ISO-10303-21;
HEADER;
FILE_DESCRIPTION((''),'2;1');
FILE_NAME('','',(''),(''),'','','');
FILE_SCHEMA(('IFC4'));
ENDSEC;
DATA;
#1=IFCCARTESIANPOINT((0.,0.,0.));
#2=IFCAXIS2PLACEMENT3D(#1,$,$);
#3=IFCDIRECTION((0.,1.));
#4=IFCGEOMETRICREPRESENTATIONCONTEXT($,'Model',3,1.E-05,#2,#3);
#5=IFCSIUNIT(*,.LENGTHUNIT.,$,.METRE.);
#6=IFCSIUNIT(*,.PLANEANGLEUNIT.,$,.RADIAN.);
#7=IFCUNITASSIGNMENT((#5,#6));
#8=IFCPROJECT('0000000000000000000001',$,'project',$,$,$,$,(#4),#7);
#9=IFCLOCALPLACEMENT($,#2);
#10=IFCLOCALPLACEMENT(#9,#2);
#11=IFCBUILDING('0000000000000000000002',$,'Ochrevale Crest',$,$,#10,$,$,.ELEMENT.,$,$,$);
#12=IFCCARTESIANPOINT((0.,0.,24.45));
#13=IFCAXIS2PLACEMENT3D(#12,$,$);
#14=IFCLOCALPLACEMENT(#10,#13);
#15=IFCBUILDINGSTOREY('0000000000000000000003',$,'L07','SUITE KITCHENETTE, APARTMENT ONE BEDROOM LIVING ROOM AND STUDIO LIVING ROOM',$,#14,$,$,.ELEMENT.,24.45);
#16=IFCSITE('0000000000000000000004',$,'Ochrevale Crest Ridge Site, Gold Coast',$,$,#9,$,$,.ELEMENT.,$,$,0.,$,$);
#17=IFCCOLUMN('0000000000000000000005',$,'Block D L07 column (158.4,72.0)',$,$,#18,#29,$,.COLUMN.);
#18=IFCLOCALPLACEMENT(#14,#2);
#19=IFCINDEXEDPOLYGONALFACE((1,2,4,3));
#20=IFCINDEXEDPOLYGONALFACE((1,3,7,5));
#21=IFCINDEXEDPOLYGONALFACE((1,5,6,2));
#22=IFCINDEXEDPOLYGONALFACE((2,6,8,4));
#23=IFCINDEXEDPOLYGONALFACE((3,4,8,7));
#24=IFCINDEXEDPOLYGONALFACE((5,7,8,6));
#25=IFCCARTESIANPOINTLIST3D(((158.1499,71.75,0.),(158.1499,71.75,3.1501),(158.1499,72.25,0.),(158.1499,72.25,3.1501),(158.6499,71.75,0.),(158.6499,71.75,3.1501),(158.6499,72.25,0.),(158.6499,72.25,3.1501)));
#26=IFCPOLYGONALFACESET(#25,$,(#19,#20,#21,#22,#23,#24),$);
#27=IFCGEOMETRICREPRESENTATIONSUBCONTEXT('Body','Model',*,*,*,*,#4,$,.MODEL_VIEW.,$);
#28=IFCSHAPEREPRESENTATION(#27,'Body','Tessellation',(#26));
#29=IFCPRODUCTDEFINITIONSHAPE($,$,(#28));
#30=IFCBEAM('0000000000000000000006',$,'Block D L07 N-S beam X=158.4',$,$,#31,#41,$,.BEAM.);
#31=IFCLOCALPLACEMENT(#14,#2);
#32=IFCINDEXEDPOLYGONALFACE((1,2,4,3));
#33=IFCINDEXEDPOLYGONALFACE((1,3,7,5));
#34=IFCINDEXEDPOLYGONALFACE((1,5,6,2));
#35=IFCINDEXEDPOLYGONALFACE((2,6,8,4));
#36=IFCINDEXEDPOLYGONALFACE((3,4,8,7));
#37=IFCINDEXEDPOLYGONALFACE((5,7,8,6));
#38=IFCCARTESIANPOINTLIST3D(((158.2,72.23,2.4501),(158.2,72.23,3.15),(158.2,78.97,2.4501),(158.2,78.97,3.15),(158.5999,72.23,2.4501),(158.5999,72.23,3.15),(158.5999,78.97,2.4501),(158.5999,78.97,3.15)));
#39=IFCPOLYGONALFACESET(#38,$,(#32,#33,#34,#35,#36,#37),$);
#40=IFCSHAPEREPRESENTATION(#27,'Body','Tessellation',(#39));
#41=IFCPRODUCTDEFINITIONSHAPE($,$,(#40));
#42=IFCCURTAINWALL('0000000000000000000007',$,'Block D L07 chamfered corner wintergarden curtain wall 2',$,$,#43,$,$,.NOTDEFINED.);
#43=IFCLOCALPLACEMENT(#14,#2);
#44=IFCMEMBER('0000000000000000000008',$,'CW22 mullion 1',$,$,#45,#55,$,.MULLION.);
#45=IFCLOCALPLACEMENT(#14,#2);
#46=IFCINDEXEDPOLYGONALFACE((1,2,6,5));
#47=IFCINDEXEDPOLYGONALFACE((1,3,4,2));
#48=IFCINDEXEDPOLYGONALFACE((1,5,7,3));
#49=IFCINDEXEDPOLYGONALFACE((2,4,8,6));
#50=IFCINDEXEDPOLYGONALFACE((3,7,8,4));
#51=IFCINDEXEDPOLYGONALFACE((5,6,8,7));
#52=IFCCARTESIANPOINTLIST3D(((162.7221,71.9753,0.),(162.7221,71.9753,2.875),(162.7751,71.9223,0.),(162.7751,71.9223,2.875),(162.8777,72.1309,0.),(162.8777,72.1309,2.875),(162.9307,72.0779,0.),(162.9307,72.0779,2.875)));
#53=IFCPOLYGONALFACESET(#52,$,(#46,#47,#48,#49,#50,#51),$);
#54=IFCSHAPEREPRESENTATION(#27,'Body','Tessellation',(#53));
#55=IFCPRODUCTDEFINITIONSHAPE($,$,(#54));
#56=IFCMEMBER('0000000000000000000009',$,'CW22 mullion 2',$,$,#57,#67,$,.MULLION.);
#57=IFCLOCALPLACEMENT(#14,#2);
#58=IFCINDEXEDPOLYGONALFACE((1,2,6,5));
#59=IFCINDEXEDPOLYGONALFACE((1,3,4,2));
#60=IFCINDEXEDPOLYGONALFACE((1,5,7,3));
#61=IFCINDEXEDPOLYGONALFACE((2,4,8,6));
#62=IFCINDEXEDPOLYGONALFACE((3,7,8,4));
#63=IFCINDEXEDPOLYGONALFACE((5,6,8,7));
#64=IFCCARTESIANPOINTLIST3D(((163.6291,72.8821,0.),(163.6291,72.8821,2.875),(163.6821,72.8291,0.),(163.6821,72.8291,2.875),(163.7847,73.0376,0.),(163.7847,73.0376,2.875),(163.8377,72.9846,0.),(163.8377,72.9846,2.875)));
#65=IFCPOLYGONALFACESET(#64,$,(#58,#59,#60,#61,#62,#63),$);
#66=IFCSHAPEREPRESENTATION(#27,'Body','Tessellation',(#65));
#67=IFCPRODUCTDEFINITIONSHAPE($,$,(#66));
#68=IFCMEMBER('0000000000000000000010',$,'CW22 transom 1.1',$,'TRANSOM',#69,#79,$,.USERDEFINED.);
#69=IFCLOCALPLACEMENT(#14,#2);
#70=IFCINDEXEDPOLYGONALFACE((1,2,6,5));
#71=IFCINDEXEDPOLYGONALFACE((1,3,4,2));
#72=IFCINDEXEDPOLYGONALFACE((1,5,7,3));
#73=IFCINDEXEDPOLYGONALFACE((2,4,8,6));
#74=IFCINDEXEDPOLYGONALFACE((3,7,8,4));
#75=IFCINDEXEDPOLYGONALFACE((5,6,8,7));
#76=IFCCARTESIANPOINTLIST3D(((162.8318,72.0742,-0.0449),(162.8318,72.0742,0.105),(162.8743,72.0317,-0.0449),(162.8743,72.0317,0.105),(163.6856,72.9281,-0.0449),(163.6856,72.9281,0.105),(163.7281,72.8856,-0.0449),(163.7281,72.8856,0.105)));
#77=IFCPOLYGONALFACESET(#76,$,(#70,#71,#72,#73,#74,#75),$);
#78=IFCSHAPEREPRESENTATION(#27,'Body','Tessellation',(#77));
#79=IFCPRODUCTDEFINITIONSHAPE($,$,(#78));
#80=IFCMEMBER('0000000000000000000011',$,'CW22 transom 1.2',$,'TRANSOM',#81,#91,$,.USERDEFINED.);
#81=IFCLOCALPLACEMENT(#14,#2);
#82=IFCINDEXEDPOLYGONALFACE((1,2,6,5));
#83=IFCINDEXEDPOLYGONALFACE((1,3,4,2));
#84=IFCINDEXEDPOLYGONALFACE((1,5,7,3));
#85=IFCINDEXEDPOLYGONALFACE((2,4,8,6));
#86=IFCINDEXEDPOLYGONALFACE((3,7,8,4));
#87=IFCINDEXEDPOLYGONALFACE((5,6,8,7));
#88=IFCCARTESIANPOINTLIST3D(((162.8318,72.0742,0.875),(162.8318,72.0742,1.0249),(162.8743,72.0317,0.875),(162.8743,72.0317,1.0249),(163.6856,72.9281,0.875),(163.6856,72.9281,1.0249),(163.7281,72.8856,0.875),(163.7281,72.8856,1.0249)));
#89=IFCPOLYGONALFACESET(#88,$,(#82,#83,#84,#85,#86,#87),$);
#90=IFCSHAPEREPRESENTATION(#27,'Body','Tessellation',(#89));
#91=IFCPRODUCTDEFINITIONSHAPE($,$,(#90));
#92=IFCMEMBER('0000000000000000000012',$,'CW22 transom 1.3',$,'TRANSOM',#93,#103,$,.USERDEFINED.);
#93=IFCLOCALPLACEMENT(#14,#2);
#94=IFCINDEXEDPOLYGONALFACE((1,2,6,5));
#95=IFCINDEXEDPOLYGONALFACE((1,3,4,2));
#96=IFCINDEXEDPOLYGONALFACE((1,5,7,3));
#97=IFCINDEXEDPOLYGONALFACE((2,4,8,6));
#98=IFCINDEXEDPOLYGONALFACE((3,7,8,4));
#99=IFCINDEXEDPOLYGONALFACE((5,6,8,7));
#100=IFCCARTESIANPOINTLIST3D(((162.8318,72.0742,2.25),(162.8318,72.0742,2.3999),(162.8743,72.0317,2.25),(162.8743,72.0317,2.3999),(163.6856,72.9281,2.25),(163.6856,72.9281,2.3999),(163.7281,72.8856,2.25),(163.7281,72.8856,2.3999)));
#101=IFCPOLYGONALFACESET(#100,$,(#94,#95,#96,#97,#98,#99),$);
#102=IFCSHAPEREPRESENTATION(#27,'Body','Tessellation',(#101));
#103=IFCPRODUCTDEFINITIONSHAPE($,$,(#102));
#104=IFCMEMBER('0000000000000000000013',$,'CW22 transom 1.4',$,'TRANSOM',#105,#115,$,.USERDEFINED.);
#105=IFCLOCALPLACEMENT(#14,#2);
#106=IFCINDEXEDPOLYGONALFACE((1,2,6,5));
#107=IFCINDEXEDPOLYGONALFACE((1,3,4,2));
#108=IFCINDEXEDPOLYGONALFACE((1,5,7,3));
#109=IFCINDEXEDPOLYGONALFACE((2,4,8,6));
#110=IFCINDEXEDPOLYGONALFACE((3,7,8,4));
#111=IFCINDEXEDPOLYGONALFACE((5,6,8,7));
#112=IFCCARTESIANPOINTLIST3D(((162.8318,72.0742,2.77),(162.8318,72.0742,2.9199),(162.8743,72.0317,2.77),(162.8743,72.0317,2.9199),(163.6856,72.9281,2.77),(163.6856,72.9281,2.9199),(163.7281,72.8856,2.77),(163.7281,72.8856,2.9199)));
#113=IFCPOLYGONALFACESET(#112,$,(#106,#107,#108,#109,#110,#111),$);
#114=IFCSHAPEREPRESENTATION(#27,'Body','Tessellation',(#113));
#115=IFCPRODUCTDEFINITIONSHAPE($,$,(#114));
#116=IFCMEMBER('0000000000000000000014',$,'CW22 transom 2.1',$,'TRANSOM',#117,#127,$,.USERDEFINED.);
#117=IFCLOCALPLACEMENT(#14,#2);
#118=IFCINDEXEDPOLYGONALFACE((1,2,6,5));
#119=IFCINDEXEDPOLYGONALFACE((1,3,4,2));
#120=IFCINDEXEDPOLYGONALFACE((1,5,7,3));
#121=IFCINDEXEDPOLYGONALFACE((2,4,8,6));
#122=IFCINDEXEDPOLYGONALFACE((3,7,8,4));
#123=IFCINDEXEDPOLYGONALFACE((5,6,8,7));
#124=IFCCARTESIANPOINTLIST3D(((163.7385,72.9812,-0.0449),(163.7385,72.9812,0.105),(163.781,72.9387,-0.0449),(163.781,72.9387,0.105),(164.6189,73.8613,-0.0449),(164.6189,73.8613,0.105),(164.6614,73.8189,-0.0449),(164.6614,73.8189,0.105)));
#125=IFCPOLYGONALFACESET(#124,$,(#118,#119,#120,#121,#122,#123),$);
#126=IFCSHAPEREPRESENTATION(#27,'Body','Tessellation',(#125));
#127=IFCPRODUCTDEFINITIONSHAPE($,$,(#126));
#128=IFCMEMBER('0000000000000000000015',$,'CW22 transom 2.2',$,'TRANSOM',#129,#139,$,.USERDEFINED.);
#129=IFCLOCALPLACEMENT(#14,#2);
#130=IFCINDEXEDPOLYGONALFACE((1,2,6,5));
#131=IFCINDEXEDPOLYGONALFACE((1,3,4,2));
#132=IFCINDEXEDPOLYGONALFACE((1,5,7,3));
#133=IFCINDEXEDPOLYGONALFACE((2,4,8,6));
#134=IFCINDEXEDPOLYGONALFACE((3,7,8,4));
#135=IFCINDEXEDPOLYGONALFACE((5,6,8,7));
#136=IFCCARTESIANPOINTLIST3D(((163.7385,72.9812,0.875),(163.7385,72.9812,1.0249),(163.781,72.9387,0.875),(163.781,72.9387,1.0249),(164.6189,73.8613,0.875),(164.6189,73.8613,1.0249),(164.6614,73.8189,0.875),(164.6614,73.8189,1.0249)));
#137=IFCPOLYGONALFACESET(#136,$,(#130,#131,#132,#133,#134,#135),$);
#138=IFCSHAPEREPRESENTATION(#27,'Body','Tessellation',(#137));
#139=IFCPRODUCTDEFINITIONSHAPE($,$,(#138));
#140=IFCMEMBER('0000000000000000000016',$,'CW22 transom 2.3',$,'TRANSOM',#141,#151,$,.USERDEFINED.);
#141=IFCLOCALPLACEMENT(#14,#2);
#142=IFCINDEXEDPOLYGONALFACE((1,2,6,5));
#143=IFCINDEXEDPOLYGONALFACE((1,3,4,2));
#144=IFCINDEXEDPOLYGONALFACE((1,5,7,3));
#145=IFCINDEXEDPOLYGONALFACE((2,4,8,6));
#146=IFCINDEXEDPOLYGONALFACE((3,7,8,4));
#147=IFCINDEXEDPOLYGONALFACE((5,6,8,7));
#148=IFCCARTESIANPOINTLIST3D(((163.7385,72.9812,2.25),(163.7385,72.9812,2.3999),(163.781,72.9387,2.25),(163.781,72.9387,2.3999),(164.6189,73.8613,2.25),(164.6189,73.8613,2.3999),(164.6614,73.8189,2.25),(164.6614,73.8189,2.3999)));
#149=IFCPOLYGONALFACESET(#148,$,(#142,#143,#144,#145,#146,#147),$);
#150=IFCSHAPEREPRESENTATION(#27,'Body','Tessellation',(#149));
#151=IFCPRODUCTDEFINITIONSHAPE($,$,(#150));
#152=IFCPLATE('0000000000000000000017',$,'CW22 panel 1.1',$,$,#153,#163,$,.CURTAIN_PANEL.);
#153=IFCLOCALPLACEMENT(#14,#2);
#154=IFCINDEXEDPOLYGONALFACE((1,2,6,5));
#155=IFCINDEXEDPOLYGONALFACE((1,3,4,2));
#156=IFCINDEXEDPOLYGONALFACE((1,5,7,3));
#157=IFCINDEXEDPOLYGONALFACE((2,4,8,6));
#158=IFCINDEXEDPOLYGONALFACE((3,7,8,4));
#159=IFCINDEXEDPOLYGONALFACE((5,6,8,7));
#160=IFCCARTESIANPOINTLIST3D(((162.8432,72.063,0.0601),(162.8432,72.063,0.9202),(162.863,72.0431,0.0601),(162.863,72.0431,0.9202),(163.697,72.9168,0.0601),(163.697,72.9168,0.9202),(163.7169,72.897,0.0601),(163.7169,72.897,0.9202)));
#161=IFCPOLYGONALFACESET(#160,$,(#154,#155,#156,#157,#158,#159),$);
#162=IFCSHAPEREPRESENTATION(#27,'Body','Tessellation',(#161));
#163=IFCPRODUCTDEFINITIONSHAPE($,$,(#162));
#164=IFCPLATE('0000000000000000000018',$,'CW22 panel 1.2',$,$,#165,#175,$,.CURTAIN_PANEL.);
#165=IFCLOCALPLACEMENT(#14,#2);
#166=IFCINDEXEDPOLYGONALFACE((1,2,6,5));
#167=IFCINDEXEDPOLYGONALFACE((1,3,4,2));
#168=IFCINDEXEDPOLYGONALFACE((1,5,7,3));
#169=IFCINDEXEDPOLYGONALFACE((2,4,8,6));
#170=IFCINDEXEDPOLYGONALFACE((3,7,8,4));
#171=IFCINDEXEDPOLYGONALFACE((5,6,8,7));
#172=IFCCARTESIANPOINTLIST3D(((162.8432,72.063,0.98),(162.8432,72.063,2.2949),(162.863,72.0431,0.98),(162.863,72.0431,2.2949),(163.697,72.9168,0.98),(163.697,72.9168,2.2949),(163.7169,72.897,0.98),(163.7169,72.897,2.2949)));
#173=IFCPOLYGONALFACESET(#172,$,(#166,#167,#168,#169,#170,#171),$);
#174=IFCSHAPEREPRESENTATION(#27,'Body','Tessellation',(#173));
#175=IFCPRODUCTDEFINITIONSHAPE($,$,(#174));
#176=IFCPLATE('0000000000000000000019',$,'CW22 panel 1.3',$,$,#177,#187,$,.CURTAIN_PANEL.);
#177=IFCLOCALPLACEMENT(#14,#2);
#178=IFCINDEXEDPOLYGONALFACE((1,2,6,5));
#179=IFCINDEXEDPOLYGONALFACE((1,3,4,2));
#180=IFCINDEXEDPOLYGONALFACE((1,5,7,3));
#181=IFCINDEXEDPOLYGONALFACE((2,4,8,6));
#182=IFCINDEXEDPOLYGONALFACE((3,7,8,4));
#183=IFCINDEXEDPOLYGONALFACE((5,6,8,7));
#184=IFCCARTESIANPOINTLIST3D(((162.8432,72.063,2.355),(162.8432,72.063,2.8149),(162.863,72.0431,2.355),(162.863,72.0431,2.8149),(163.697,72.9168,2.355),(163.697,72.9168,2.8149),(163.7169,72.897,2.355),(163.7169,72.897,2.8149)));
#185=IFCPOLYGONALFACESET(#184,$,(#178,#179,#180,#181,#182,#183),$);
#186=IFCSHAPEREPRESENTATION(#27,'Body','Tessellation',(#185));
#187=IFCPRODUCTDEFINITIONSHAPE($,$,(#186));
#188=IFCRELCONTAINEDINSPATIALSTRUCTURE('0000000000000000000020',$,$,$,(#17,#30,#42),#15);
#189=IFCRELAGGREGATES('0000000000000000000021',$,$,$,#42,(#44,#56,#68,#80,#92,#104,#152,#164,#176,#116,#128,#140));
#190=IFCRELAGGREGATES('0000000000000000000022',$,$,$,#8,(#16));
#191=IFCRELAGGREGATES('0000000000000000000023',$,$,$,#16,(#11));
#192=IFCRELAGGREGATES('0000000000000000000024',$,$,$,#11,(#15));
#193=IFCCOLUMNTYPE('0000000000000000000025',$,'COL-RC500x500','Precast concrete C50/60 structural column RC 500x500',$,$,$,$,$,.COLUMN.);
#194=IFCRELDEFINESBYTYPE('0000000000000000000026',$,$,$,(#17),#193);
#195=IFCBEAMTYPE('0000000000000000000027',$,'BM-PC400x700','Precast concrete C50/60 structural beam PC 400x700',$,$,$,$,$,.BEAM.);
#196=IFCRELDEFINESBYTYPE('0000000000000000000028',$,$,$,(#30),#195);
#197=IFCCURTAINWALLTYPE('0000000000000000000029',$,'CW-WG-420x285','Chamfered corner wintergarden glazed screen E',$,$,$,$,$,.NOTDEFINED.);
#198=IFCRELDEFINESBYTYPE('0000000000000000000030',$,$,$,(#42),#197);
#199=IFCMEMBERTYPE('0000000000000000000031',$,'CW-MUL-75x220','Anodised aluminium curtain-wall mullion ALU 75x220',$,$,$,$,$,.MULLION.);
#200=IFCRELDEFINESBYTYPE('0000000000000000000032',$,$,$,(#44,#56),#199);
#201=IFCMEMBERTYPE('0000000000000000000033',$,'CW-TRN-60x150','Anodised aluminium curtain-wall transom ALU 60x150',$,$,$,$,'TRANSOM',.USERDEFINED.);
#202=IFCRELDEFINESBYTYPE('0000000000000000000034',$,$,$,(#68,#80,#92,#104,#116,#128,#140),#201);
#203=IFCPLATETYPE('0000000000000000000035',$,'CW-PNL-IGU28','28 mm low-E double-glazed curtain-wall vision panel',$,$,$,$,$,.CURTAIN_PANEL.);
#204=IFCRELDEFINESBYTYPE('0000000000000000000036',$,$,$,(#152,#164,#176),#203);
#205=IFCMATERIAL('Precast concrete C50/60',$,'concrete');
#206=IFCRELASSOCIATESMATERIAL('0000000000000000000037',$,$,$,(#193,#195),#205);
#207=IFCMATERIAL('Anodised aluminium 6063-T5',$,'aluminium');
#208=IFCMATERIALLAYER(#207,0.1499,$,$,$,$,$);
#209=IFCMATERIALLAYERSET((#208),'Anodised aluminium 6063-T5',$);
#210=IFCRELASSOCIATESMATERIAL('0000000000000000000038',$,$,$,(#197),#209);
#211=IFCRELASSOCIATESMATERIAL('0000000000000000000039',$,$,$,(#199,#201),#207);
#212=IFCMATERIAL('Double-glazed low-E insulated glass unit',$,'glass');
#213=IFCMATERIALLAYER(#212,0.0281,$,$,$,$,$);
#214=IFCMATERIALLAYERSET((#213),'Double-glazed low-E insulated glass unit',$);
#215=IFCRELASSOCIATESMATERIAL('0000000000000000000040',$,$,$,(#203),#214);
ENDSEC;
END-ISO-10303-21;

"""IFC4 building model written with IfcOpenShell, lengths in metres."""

from ifc_helpers import new_model, si_unit, direction, frame, origin, origin_2d, place, context, subcontext, project, spatial, rectangle, extrude, material, layer, layer_set, material_profile, profile_set, type_object, element, aggregate, save


model = new_model("IFC4")

# Units and contexts
model_context = context("Model", 3, precision=1e-05, world=origin(), true_north=direction((0.0, 1.0)))
body_context = subcontext(model_context, "Body", "Model", "MODEL_VIEW")
ifc_project = project(units=[si_unit("LENGTHUNIT", "METRE"), si_unit("PLANEANGLEUNIT", "RADIAN")], contexts=[model_context])

# Site, building, storey
site_placement = place(None, origin())
site = spatial("IfcSite", under=ifc_project, at=site_placement, Name="Ochrevale Crest Ridge Site, Gold Coast", CompositionType="ELEMENT", RefElevation=0.0)
building_placement = place(site_placement, origin())
building = spatial("IfcBuilding", under=site, at=building_placement, Name="Ochrevale Crest", CompositionType="ELEMENT")
storey_placement = place(building_placement, frame((0.0, 0.0, 24.45)))
storey = spatial("IfcBuildingStorey", under=building, at=storey_placement, Name="L07", Description="SUITE KITCHENETTE, APARTMENT ONE BEDROOM LIVING ROOM AND STUDIO LIVING ROOM", CompositionType="ELEMENT", Elevation=24.45)

# Column
ifc_material_1 = material(Name="Precast concrete C50/60", Category="concrete")
ifc_material_profile_1 = material_profile(ifc_material_1, rectangle(XDim=0.5, YDim=0.5, at=origin_2d()), Name="RC 500x500")
ifc_profile_set_1 = profile_set([ifc_material_profile_1], Name="Precast concrete C50/60")
column_type = type_object("IfcColumnType", Name="COL-RC500x500", Description="Precast concrete C50/60 structural column RC 500x500", PredefinedType="COLUMN", material=ifc_profile_set_1)
column_placement = place(storey_placement, frame((158.3999, 72.0, 0.0), z_axis=(0.0, 0.0, 1.0), x_axis=(1.0, 0.0, 0.0)))
element("IfcColumn", 1, at=column_placement, inside=storey, type_object=column_type, Name="Block D L07 column (158.4,72.0)", PredefinedType="COLUMN", context=body_context, shape_type="SweptSolid", body=[
    extrude(rectangle(XDim=0.5, YDim=0.5, at=origin_2d()), origin(), (0.0, 0.0, 1.0), 3.1501),
])

# Beam
ifc_material_profile_2 = material_profile(ifc_material_1, rectangle(XDim=0.3999, YDim=0.7, at=origin_2d()), Name="PC 400x700")
ifc_profile_set_2 = profile_set([ifc_material_profile_2], Name="Precast concrete C50/60")
beam_type = type_object("IfcBeamType", Name="BM-PC400x700", Description="Precast concrete C50/60 structural beam PC 400x700", PredefinedType="BEAM", material=ifc_profile_set_2)
beam_placement = place(storey_placement, frame((158.3999, 72.23, 2.8), z_axis=(0.0, 1.0, 0.0), x_axis=(-1.0, 0.0, 0.0)))
element("IfcBeam", 2, at=beam_placement, inside=storey, type_object=beam_type, Name="Block D L07 N-S beam X=158.4", PredefinedType="BEAM", context=body_context, shape_type="SweptSolid", body=[
    extrude(rectangle(XDim=0.3999, YDim=0.7, at=origin_2d()), origin(), (0.0, 0.0, 1.0), 6.74),
])

# Curtain wall, members, plates
ifc_material_2 = material(Name="Anodised aluminium 6063-T5", Category="aluminium")
ifc_layer_1 = layer(ifc_material_2, 0.1499)
ifc_layer_set_1 = layer_set([ifc_layer_1], Name="Anodised aluminium 6063-T5")
curtain_wall_type = type_object("IfcCurtainWallType", Name="CW-WG-420x285", Description="Chamfered corner wintergarden glazed screen E", PredefinedType="NOTDEFINED", material=ifc_layer_set_1)
curtain_wall_placement = place(storey_placement, origin())
curtain_wall = element("IfcCurtainWall", 3, at=curtain_wall_placement, inside=storey, type_object=curtain_wall_type, Name="Block D L07 chamfered corner wintergarden curtain wall 2", PredefinedType="NOTDEFINED")
ifc_material_profile_3 = material_profile(ifc_material_2, rectangle(XDim=0.075, YDim=0.22, at=origin_2d()), Name="ALU 75x220")
ifc_profile_set_3 = profile_set([ifc_material_profile_3], Name="Anodised aluminium 6063-T5")
member_type_1 = type_object("IfcMemberType", Name="CW-MUL-75x220", Description="Anodised aluminium curtain-wall mullion ALU 75x220", PredefinedType="MULLION", material=ifc_profile_set_3)
member_1_placement = place(storey_placement, frame((162.8264, 72.0266, 0.0), z_axis=(0.0, 0.0, 1.0), x_axis=(-0.707107, 0.707107, 0.0)))
member_1 = element("IfcMember", 4, at=member_1_placement, type_object=member_type_1, Name="CW22 mullion 1", PredefinedType="MULLION", context=body_context, shape_type="SweptSolid", body=[
    extrude(rectangle(XDim=0.075, YDim=0.22, at=origin_2d()), origin(), (0.0, 0.0, 1.0), 2.875),
])
member_2_placement = place(storey_placement, frame((163.7334, 72.9333, 0.0), z_axis=(0.0, 0.0, 1.0), x_axis=(-0.707107, 0.707107, 0.0)))
member_2 = element("IfcMember", 5, at=member_2_placement, type_object=member_type_1, Name="CW22 mullion 2", PredefinedType="MULLION", context=body_context, shape_type="SweptSolid", body=[
    extrude(rectangle(XDim=0.075, YDim=0.22, at=origin_2d()), origin(), (0.0, 0.0, 1.0), 2.875),
])
ifc_material_profile_4 = material_profile(ifc_material_2, rectangle(XDim=0.0601, YDim=0.1499, at=origin_2d()), Name="ALU 60x150")
ifc_profile_set_4 = profile_set([ifc_material_profile_4], Name="Anodised aluminium 6063-T5")
member_type_2 = type_object("IfcMemberType", Name="CW-TRN-60x150", Description="Anodised aluminium curtain-wall transom ALU 60x150", ElementType="TRANSOM", PredefinedType="USERDEFINED", material=ifc_profile_set_4)
member_3_placement = place(storey_placement, frame((162.853, 72.053, 0.03), z_axis=(0.707107, 0.707107, 0.0), x_axis=(-0.707107, 0.707107, 0.0)))
member_3 = element("IfcMember", 6, at=member_3_placement, type_object=member_type_2, Name="CW22 transom 1.1", ObjectType="TRANSOM", PredefinedType="USERDEFINED", context=body_context, shape_type="SweptSolid", body=[
    extrude(rectangle(XDim=0.0601, YDim=0.1499, at=origin_2d()), origin(), (0.0, 0.0, 1.0), 1.2075),
])
member_4_placement = place(storey_placement, frame((162.853, 72.053, 0.95), z_axis=(0.707107, 0.707107, 0.0), x_axis=(-0.707107, 0.707107, 0.0)))
member_4 = element("IfcMember", 7, at=member_4_placement, type_object=member_type_2, Name="CW22 transom 1.2", ObjectType="TRANSOM", PredefinedType="USERDEFINED", context=body_context, shape_type="SweptSolid", body=[
    extrude(rectangle(XDim=0.0601, YDim=0.1499, at=origin_2d()), origin(), (0.0, 0.0, 1.0), 1.2075),
])
member_5_placement = place(storey_placement, frame((162.853, 72.053, 2.325), z_axis=(0.707107, 0.707107, 0.0), x_axis=(-0.707107, 0.707107, 0.0)))
member_5 = element("IfcMember", 8, at=member_5_placement, type_object=member_type_2, Name="CW22 transom 1.3", ObjectType="TRANSOM", PredefinedType="USERDEFINED", context=body_context, shape_type="SweptSolid", body=[
    extrude(rectangle(XDim=0.0601, YDim=0.1499, at=origin_2d()), origin(), (0.0, 0.0, 1.0), 1.2075),
])
member_6_placement = place(storey_placement, frame((162.853, 72.053, 2.845), z_axis=(0.707107, 0.707107, 0.0), x_axis=(-0.707107, 0.707107, 0.0)))
member_6 = element("IfcMember", 9, at=member_6_placement, type_object=member_type_2, Name="CW22 transom 1.4", ObjectType="TRANSOM", PredefinedType="USERDEFINED", context=body_context, shape_type="SweptSolid", body=[
    extrude(rectangle(XDim=0.0601, YDim=0.1499, at=origin_2d()), origin(), (0.0, 0.0, 1.0), 1.2075),
])
member_7_placement = place(storey_placement, frame((163.7598, 72.96, 0.03), z_axis=(0.707205, 0.707009, 0.0), x_axis=(-0.707009, 0.707205, 0.0)))
member_7 = element("IfcMember", 10, at=member_7_placement, type_object=member_type_2, Name="CW22 transom 2.1", ObjectType="TRANSOM", PredefinedType="USERDEFINED", context=body_context, shape_type="SweptSolid", body=[
    extrude(rectangle(XDim=0.0601, YDim=0.1499, at=origin_2d()), origin(), (0.0, 0.0, 1.0), 1.2449),
])
member_8_placement = place(storey_placement, frame((163.7598, 72.96, 0.95), z_axis=(0.707205, 0.707009, 0.0), x_axis=(-0.707009, 0.707205, 0.0)))
member_8 = element("IfcMember", 11, at=member_8_placement, type_object=member_type_2, Name="CW22 transom 2.2", ObjectType="TRANSOM", PredefinedType="USERDEFINED", context=body_context, shape_type="SweptSolid", body=[
    extrude(rectangle(XDim=0.0601, YDim=0.1499, at=origin_2d()), origin(), (0.0, 0.0, 1.0), 1.2449),
])
member_9_placement = place(storey_placement, frame((163.7598, 72.96, 2.325), z_axis=(0.707205, 0.707009, 0.0), x_axis=(-0.707009, 0.707205, 0.0)))
member_9 = element("IfcMember", 12, at=member_9_placement, type_object=member_type_2, Name="CW22 transom 2.3", ObjectType="TRANSOM", PredefinedType="USERDEFINED", context=body_context, shape_type="SweptSolid", body=[
    extrude(rectangle(XDim=0.0601, YDim=0.1499, at=origin_2d()), origin(), (0.0, 0.0, 1.0), 1.2449),
])
ifc_material_3 = material(Name="Double-glazed low-E insulated glass unit", Category="glass")
ifc_layer_2 = layer(ifc_material_3, 0.0281)
ifc_layer_set_2 = layer_set([ifc_layer_2], Name="Double-glazed low-E insulated glass unit")
plate_type_1 = type_object("IfcPlateType", Name="CW-PNL-IGU28", Description="28 mm low-E double-glazed curtain-wall vision panel", PredefinedType="CURTAIN_PANEL", material=ifc_layer_set_2)
plate_1_placement = place(storey_placement, frame((163.28, 72.48, 0.0601), z_axis=(0.0, 0.0, 1.0), x_axis=(0.707107, 0.707107, 0.0)))
plate_1 = element("IfcPlate", 13, at=plate_1_placement, type_object=plate_type_1, Name="CW22 panel 1.1", PredefinedType="CURTAIN_PANEL", context=body_context, shape_type="SweptSolid", body=[
    extrude(rectangle(XDim=1.2075, YDim=0.0281, at=origin_2d()), origin(), (0.0, 0.0, 1.0), 0.8601),
])
plate_2_placement = place(storey_placement, frame((163.28, 72.48, 0.98), z_axis=(0.0, 0.0, 1.0), x_axis=(0.707107, 0.707107, 0.0)))
plate_2 = element("IfcPlate", 14, at=plate_2_placement, type_object=plate_type_1, Name="CW22 panel 1.2", PredefinedType="CURTAIN_PANEL", context=body_context, shape_type="SweptSolid", body=[
    extrude(rectangle(XDim=1.2075, YDim=0.0281, at=origin_2d()), origin(), (0.0, 0.0, 1.0), 1.3149),
])
plate_3_placement = place(storey_placement, frame((163.28, 72.48, 2.355), z_axis=(0.0, 0.0, 1.0), x_axis=(0.707107, 0.707107, 0.0)))
plate_3 = element("IfcPlate", 15, at=plate_3_placement, type_object=plate_type_1, Name="CW22 panel 1.3", PredefinedType="CURTAIN_PANEL", context=body_context, shape_type="SweptSolid", body=[
    extrude(rectangle(XDim=1.2075, YDim=0.0281, at=origin_2d()), origin(), (0.0, 0.0, 1.0), 0.46),
])
aggregate(curtain_wall, [member_1, member_2, member_3, member_4, member_5, member_6, plate_1, plate_2, plate_3, member_7, member_8, member_9])

save(model, "model.ifc")
